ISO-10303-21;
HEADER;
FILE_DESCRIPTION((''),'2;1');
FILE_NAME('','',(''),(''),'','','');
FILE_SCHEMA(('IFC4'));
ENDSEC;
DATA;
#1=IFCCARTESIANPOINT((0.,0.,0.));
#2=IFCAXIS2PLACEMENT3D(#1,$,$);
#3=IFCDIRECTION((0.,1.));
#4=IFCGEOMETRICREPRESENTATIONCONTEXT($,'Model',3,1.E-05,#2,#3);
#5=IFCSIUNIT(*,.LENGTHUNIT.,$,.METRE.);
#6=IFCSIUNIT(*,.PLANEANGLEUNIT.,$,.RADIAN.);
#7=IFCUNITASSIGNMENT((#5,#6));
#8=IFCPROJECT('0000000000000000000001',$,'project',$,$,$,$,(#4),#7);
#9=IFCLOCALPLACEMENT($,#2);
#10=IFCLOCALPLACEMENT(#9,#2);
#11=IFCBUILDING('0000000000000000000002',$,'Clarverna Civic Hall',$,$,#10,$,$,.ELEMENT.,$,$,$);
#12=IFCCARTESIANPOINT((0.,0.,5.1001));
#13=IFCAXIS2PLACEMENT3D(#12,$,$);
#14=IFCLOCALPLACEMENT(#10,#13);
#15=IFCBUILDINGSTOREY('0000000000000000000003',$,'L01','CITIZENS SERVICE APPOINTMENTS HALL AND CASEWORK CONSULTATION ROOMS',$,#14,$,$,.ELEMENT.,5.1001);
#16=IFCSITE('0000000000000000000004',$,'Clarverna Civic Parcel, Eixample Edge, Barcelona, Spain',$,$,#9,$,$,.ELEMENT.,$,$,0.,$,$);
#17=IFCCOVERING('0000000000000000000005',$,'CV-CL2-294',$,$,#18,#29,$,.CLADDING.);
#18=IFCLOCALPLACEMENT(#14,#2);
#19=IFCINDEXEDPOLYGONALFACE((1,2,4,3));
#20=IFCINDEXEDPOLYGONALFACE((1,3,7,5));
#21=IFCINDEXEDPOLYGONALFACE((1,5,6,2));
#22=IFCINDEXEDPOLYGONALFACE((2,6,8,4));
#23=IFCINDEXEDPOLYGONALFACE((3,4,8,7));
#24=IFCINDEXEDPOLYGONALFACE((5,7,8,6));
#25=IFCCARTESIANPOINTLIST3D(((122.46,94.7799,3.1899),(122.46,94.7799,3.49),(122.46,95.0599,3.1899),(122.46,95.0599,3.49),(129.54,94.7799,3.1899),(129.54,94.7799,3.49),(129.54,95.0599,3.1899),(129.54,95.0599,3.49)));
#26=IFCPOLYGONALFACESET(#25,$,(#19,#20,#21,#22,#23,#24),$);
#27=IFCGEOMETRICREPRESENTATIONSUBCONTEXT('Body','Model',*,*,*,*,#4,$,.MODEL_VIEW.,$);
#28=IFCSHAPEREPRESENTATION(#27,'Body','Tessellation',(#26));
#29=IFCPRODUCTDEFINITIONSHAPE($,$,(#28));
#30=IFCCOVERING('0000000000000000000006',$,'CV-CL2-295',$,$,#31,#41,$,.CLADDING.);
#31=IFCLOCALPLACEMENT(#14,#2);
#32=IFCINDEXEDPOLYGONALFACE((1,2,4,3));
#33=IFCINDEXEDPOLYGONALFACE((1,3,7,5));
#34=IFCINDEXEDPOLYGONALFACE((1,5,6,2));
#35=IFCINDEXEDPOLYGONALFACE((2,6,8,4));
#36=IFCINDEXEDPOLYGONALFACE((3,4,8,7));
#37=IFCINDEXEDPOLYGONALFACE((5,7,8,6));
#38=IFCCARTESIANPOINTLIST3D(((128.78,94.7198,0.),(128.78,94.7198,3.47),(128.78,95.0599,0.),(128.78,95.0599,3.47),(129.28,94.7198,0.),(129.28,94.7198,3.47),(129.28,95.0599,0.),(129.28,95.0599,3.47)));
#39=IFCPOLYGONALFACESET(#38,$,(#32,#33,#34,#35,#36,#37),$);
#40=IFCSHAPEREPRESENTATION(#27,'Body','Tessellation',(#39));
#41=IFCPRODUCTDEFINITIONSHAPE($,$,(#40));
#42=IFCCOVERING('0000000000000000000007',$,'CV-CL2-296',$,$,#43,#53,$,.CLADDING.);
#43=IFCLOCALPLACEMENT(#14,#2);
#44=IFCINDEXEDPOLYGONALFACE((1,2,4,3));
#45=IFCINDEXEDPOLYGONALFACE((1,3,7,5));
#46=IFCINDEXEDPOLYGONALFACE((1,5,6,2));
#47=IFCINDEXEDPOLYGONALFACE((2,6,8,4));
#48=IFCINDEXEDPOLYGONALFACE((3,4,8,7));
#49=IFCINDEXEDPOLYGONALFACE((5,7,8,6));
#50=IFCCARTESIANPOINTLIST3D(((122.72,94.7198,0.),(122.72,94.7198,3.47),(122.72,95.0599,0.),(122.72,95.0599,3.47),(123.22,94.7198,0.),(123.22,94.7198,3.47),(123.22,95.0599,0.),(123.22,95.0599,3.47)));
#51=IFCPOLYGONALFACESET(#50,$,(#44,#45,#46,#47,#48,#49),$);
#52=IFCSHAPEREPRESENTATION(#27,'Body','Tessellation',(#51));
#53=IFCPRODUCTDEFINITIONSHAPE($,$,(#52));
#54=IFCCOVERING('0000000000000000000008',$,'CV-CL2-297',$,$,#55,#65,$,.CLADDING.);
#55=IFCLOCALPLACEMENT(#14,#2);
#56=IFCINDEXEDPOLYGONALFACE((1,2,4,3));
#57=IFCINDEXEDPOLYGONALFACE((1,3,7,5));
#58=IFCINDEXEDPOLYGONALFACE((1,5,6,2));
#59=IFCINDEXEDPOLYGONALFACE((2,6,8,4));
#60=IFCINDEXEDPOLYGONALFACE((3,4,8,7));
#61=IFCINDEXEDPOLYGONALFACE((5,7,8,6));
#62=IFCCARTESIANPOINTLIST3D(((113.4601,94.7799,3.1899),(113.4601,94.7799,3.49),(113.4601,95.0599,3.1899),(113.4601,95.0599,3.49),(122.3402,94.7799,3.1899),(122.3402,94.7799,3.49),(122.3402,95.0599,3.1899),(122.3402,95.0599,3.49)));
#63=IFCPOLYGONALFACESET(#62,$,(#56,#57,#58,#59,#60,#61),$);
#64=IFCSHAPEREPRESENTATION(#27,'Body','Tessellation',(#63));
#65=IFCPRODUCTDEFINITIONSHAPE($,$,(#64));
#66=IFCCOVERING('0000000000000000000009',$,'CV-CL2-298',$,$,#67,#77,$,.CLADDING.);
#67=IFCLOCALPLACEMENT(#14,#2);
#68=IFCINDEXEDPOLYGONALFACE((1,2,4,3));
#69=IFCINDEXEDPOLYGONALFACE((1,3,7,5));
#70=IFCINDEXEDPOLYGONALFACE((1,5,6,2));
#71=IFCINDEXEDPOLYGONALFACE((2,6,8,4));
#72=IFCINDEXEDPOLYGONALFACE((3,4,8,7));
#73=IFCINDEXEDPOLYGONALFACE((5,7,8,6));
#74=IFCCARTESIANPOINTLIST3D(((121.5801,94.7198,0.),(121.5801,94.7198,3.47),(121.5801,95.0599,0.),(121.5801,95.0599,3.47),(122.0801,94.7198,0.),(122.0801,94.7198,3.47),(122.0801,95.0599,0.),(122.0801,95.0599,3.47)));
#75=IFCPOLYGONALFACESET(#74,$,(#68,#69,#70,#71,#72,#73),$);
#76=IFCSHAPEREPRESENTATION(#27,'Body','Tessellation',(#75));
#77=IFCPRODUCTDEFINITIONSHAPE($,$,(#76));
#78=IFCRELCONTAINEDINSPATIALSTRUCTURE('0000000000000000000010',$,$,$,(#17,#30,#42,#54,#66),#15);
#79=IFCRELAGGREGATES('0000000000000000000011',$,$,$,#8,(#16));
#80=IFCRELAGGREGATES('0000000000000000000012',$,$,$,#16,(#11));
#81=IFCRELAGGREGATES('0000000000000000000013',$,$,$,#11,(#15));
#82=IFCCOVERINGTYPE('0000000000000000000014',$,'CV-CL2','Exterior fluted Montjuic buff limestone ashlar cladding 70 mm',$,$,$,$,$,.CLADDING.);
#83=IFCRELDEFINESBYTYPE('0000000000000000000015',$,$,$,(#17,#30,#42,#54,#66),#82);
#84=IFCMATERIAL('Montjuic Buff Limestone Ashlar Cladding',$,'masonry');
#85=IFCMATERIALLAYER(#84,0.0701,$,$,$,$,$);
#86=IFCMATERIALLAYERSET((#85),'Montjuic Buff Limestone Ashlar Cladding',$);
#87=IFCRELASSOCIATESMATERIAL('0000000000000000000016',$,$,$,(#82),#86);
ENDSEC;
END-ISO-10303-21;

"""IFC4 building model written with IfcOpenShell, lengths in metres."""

from ifc_helpers import new_model, si_unit, direction, frame, frame_2d, origin, place, context, subcontext, project, spatial, rectangle, extrude, material, layer, layer_set, type_object, element, save


model = new_model("IFC4")

# Units and contexts
model_context = context("Model", 3, precision=1e-05, world=origin(), true_north=direction((0.0, 1.0)))
body_context = subcontext(model_context, "Body", "Model", "MODEL_VIEW")
ifc_project = project(units=[si_unit("LENGTHUNIT", "METRE"), si_unit("PLANEANGLEUNIT", "RADIAN")], contexts=[model_context])

# Site, building, storey
site_placement = place(None, origin())
site = spatial("IfcSite", under=ifc_project, at=site_placement, Name="Clarverna Civic Parcel, Eixample Edge, Barcelona, Spain", CompositionType="ELEMENT", RefElevation=0.0)
building_placement = place(site_placement, origin())
building = spatial("IfcBuilding", under=site, at=building_placement, Name="Clarverna Civic Hall", CompositionType="ELEMENT")
storey_placement = place(building_placement, frame((0.0, 0.0, 5.1001)))
storey = spatial("IfcBuildingStorey", under=building, at=storey_placement, Name="L01", Description="CITIZENS SERVICE APPOINTMENTS HALL AND CASEWORK CONSULTATION ROOMS", CompositionType="ELEMENT", Elevation=5.1001)

# Coverings
ifc_material_1 = material(Name="Montjuic Buff Limestone Ashlar Cladding", Category="masonry")
ifc_layer_1 = layer(ifc_material_1, 0.0701)
ifc_layer_set_1 = layer_set([ifc_layer_1], Name="Montjuic Buff Limestone Ashlar Cladding")
covering_type = type_object("IfcCoveringType", Name="CV-CL2", Description="Exterior fluted Montjuic buff limestone ashlar cladding 70 mm", PredefinedType="CLADDING", material=ifc_layer_set_1)
covering_1_placement = place(storey_placement, frame((129.54, 94.9199, 3.1899), z_axis=(0.0, 0.0, 1.0), x_axis=(-1.0, 0.0, 0.0)))
element("IfcCovering", 1, at=covering_1_placement, inside=storey, type_object=covering_type, Name="CV-CL2-294", PredefinedType="CLADDING", context=body_context, shape_type="SweptSolid", body=[
    extrude(rectangle(XDim=7.0801, YDim=0.28, at=frame_2d((3.54, 0.0))), origin(), (0.0, 0.0, 1.0), 0.3),
])
for number, where, z_axis, x_axis, name in (
    (2, (129.28, 94.8899, 0.0), (0.0, 0.0, 1.0), (-1.0, 0.0, 0.0), "CV-CL2-295"),
    (3, (123.22, 94.8899, 0.0), (0.0, 0.0, 1.0), (-1.0, 0.0, 0.0), "CV-CL2-296"),
):
    element("IfcCovering", number, at=place(storey_placement, frame(where, z_axis=z_axis, x_axis=x_axis)), inside=storey, type_object=covering_type, Name=name, PredefinedType="CLADDING", context=body_context, shape_type="SweptSolid", body=[
        extrude(rectangle(XDim=0.5, YDim=0.3401, at=frame_2d((0.25, 0.0))), origin(), (0.0, 0.0, 1.0), 3.47),
    ])
covering_2_placement = place(storey_placement, frame((122.3401, 94.9199, 3.1899), z_axis=(0.0, 0.0, 1.0), x_axis=(-1.0, 0.0, 0.0)))
element("IfcCovering", 4, at=covering_2_placement, inside=storey, type_object=covering_type, Name="CV-CL2-297", PredefinedType="CLADDING", context=body_context, shape_type="SweptSolid", body=[
    extrude(rectangle(XDim=8.8801, YDim=0.28, at=frame_2d((4.4399, 0.0))), origin(), (0.0, 0.0, 1.0), 0.3),
])
covering_3_placement = place(storey_placement, frame((122.0801, 94.8899, 0.0), z_axis=(0.0, 0.0, 1.0), x_axis=(-1.0, 0.0, 0.0)))
element("IfcCovering", 5, at=covering_3_placement, inside=storey, type_object=covering_type, Name="CV-CL2-298", PredefinedType="CLADDING", context=body_context, shape_type="SweptSolid", body=[
    extrude(rectangle(XDim=0.5, YDim=0.3401, at=frame_2d((0.25, 0.0))), origin(), (0.0, 0.0, 1.0), 3.47),
])

save(model, "model.ifc")
